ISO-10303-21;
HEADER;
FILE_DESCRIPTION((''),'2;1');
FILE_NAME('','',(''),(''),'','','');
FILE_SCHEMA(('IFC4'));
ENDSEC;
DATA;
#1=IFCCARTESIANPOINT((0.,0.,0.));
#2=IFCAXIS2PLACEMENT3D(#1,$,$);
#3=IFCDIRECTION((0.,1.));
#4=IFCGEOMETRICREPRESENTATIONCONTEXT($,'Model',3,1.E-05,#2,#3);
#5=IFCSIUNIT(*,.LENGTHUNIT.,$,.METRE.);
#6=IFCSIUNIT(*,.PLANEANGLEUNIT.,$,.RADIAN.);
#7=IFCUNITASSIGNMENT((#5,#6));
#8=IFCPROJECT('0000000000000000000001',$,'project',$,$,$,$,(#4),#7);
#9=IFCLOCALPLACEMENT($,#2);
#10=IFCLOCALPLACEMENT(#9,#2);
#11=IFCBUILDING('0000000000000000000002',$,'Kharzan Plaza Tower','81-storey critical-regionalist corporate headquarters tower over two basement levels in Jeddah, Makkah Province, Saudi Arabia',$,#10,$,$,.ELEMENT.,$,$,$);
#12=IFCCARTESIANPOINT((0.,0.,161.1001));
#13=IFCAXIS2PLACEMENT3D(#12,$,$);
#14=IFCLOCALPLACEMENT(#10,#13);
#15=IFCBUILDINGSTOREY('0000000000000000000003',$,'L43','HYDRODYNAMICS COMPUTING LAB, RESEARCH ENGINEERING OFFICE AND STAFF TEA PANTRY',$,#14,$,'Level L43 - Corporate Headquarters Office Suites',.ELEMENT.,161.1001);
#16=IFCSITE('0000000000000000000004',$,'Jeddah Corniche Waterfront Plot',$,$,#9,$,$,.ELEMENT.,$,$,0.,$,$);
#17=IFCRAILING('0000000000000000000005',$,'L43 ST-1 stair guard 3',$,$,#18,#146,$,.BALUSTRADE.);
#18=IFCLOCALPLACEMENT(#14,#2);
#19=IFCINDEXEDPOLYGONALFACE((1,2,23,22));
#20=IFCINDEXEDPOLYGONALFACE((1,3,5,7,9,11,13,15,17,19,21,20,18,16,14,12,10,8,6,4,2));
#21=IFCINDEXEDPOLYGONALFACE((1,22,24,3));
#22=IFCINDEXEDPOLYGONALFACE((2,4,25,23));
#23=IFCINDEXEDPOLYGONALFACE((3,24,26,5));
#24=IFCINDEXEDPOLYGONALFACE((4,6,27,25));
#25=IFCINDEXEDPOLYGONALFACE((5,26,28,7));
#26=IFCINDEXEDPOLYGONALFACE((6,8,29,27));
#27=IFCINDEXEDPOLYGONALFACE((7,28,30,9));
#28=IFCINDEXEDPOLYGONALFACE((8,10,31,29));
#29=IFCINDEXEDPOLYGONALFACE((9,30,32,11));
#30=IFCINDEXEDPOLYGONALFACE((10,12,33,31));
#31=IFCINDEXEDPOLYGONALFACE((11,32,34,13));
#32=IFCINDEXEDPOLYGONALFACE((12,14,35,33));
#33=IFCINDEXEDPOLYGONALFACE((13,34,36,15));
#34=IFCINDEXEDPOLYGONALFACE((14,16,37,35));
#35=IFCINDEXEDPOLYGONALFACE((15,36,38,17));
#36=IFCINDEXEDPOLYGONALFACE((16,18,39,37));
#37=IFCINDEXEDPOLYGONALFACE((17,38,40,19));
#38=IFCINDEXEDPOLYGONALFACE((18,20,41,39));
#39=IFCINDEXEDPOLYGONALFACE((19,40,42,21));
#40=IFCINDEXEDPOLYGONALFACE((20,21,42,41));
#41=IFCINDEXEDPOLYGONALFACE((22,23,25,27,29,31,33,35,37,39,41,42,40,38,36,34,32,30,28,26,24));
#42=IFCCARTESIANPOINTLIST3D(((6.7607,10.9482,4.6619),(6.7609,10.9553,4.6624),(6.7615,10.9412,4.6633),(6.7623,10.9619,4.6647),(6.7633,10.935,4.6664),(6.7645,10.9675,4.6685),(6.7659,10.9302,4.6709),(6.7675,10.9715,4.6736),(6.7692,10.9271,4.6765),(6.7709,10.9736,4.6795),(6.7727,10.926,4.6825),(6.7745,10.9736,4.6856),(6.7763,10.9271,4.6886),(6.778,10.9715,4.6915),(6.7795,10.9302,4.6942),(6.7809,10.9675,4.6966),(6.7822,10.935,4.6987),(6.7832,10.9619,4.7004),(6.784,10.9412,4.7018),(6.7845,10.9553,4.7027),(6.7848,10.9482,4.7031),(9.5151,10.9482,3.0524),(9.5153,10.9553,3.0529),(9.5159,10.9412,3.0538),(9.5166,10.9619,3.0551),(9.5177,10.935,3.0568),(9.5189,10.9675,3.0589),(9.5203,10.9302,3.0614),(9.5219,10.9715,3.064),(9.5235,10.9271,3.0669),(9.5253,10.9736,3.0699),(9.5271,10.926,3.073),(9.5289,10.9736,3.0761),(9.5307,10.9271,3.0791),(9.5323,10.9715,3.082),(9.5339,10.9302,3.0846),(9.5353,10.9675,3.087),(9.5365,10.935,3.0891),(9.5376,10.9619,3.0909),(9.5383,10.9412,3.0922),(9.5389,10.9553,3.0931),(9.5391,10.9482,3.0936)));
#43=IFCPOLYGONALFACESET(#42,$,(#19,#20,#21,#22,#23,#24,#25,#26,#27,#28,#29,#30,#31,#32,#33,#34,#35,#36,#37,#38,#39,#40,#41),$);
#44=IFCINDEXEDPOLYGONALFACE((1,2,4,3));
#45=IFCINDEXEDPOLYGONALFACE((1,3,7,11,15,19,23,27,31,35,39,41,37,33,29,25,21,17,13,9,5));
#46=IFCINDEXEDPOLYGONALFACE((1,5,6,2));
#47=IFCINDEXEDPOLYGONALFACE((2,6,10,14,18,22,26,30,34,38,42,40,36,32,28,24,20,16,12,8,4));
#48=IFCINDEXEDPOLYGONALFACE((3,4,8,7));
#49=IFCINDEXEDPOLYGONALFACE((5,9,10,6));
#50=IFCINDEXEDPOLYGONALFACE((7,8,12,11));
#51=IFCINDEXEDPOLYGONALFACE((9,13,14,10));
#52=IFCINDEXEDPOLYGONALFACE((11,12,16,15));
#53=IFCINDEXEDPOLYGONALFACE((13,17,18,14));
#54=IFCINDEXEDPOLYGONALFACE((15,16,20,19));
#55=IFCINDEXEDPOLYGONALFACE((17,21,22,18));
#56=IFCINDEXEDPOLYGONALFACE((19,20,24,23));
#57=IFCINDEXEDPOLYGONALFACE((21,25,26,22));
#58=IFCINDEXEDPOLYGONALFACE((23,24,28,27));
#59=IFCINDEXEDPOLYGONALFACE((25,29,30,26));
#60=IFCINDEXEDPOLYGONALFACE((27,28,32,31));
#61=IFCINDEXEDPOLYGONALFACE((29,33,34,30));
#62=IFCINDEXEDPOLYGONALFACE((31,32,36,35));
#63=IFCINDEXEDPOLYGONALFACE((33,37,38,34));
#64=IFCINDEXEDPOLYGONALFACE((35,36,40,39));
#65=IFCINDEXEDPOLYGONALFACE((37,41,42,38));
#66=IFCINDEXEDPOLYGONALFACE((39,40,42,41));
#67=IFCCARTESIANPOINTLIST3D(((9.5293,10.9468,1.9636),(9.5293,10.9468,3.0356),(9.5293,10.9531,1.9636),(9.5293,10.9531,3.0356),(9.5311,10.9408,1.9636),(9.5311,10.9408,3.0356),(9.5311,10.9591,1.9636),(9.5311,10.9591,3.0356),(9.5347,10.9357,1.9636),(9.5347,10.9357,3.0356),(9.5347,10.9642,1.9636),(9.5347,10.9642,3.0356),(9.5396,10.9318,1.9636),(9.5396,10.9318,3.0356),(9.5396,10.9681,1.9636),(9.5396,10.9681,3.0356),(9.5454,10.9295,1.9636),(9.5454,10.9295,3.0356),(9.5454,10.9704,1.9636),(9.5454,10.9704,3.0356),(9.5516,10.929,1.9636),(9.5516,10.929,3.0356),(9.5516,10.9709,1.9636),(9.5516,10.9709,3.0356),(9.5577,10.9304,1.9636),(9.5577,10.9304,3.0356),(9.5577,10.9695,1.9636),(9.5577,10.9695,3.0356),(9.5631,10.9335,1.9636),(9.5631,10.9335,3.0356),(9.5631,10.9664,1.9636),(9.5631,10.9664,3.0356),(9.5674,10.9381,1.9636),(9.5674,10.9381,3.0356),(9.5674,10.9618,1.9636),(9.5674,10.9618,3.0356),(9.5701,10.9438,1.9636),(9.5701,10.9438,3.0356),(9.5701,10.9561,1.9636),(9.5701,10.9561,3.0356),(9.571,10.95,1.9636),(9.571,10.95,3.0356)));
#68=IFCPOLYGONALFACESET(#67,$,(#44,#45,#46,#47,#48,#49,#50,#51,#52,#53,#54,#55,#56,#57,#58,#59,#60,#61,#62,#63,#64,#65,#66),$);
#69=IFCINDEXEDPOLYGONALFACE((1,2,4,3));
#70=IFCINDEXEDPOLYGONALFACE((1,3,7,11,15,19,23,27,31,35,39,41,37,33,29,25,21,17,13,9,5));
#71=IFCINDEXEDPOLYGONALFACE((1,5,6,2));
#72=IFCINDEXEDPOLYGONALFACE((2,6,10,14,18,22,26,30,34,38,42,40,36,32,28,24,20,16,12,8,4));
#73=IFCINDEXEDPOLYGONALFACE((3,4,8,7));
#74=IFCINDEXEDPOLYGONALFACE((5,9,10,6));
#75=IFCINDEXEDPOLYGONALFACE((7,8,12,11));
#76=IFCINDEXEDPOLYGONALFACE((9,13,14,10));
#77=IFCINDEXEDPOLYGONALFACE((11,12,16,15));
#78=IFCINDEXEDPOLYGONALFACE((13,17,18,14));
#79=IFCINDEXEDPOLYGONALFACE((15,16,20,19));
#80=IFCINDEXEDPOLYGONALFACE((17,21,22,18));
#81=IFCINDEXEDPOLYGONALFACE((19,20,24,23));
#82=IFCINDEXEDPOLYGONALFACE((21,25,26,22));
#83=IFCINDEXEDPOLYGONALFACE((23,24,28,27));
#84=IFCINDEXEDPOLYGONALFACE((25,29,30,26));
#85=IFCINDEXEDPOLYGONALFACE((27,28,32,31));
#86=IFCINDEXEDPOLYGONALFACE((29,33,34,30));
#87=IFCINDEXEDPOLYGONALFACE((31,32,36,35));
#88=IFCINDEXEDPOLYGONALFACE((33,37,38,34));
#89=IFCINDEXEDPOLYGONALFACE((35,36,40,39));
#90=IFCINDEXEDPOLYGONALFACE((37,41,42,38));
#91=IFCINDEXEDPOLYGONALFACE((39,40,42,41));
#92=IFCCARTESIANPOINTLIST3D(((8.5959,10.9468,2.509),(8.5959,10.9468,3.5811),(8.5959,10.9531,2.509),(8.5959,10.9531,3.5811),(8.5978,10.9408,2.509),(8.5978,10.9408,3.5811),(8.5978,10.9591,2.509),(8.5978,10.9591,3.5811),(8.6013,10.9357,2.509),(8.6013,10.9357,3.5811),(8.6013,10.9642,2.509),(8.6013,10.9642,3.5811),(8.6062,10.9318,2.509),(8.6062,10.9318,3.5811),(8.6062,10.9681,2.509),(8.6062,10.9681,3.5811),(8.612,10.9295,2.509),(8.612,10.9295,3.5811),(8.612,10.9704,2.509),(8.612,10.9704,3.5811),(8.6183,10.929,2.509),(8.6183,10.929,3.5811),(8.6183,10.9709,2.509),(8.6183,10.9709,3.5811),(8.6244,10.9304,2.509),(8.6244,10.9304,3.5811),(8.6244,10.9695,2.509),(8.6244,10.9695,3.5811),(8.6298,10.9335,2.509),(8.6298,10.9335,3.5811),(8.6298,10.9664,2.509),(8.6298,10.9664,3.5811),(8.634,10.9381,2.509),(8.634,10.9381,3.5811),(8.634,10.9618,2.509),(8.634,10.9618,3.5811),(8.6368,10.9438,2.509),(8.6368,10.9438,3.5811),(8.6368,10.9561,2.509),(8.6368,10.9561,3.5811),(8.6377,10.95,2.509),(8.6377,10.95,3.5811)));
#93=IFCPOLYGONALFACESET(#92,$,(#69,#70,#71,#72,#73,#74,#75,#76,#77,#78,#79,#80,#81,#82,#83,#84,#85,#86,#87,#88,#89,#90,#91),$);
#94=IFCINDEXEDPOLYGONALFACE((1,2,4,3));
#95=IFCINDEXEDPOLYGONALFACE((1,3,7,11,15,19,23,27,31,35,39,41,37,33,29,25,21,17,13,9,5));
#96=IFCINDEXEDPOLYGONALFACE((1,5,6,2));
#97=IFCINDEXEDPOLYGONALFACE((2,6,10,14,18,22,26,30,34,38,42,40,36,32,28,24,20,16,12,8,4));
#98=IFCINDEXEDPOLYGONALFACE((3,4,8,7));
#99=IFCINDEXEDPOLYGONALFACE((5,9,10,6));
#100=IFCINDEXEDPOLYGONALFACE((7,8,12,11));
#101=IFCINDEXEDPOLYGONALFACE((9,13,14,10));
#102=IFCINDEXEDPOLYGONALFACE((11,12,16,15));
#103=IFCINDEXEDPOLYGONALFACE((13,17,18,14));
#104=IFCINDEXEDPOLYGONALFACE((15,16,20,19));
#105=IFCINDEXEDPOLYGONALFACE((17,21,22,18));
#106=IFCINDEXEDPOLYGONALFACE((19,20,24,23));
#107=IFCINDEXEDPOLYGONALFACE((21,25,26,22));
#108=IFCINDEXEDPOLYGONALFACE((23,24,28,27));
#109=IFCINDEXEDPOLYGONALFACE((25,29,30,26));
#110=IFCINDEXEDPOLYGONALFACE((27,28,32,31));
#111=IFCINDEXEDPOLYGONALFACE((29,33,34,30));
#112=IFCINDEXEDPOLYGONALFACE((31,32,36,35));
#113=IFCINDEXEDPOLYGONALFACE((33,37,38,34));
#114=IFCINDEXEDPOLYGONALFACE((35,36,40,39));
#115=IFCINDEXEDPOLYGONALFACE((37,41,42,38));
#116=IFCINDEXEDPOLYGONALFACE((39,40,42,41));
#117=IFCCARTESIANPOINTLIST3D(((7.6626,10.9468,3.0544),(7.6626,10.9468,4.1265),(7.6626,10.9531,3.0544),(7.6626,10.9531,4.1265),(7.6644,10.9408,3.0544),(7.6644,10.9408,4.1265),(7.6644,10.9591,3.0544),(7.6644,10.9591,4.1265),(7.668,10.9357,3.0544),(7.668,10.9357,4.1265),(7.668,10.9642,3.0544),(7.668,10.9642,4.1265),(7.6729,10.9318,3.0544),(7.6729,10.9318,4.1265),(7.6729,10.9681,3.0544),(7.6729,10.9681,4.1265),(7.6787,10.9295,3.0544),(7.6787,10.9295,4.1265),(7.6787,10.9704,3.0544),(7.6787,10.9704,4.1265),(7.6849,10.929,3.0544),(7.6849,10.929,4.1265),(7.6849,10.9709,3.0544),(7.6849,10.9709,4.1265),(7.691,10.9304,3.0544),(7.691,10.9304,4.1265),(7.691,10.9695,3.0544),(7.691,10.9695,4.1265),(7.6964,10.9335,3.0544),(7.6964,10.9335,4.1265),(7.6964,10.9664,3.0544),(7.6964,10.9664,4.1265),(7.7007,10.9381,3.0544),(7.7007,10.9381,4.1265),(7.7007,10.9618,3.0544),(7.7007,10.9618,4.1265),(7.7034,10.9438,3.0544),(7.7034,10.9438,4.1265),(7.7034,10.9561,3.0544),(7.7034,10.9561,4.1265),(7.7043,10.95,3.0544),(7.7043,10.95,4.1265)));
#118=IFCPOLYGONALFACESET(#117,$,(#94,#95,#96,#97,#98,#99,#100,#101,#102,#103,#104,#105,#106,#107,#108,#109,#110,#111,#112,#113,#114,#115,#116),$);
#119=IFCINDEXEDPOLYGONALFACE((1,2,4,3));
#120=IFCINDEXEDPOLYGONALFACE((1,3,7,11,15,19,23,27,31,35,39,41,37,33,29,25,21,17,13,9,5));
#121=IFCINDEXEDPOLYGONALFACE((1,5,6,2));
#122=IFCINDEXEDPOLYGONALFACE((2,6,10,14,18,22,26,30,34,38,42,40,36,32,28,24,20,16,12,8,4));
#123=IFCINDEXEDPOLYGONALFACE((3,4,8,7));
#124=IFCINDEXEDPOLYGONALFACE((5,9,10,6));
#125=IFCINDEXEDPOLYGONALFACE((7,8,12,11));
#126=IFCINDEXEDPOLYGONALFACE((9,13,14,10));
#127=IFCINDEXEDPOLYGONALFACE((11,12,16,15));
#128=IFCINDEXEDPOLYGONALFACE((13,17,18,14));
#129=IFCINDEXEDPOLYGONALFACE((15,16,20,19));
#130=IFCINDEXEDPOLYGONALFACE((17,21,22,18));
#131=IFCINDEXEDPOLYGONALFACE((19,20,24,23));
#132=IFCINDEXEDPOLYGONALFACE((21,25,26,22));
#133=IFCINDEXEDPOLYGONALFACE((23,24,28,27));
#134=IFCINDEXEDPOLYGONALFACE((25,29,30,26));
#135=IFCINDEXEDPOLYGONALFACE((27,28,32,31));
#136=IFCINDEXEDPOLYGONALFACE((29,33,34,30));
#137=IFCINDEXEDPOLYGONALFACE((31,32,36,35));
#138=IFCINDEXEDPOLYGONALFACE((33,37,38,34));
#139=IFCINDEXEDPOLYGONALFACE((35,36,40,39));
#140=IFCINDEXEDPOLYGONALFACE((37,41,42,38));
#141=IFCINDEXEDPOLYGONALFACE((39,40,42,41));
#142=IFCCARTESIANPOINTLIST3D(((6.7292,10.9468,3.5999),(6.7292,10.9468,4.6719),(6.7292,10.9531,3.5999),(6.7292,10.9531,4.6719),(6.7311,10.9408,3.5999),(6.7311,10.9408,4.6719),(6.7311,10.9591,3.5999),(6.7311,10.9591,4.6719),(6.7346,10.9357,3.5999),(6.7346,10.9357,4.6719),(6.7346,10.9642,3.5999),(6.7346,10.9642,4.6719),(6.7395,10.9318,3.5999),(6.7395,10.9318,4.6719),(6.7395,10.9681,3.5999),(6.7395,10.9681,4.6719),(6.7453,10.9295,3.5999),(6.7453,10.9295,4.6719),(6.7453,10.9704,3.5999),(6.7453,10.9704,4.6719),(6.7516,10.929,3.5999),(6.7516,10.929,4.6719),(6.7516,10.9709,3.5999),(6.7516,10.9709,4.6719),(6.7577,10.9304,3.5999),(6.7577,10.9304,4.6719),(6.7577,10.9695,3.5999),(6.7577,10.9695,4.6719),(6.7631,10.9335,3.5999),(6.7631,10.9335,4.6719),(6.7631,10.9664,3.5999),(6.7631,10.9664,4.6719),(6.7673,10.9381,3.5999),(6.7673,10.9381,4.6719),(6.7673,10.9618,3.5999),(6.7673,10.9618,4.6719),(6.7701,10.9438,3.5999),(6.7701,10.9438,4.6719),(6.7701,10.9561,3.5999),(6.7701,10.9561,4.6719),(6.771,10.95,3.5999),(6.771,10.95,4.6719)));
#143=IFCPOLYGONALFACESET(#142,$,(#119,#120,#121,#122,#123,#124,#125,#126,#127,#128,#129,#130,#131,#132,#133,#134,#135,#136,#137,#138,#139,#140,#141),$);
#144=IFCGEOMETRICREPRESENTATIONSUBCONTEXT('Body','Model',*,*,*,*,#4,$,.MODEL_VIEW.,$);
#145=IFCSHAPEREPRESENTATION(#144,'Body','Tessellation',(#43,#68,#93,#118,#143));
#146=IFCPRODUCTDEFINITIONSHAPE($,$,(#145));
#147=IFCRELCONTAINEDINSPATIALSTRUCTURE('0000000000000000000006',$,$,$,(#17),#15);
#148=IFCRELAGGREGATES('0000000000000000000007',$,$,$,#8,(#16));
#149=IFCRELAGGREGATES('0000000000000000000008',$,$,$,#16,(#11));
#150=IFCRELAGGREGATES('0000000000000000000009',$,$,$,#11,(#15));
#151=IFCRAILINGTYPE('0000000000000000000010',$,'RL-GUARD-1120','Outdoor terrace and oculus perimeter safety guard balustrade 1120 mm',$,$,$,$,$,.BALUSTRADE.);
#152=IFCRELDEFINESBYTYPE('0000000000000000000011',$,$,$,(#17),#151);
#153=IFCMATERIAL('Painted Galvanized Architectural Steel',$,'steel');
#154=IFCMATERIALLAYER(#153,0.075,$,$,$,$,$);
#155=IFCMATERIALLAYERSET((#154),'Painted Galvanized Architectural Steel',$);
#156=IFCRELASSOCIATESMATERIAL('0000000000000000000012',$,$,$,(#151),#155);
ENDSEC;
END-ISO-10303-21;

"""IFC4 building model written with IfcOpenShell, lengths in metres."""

from ifc_helpers import new_model, si_unit, direction, frame, origin, origin_2d, place, context, subcontext, project, spatial, circle, extrude, source, transform, mapped, material, layer, layer_set, type_object, element, save


model = new_model("IFC4")

# Units and contexts
model_context = context("Model", 3, precision=1e-05, world=origin(), true_north=direction((0.0, 1.0)))
body_context = subcontext(model_context, "Body", "Model", "MODEL_VIEW")
ifc_project = project(units=[si_unit("LENGTHUNIT", "METRE"), si_unit("PLANEANGLEUNIT", "RADIAN")], contexts=[model_context])

# Site, building, storey
site_placement = place(None, origin())
site = spatial("IfcSite", under=ifc_project, at=site_placement, Name="Jeddah Corniche Waterfront Plot", CompositionType="ELEMENT", RefElevation=0.0)
building_placement = place(site_placement, origin())
building = spatial("IfcBuilding", under=site, at=building_placement, Name="Kharzan Plaza Tower", Description="81-storey critical-regionalist corporate headquarters tower over two basement levels in Jeddah, Makkah Province, Saudi Arabia", CompositionType="ELEMENT")
storey_placement = place(building_placement, frame((0.0, 0.0, 161.1001)))
storey = spatial("IfcBuildingStorey", under=building, at=storey_placement, Name="L43", Description="HYDRODYNAMICS COMPUTING LAB, RESEARCH ENGINEERING OFFICE AND STAFF TEA PANTRY", LongName="Level L43 - Corporate Headquarters Office Suites", CompositionType="ELEMENT", Elevation=161.1001)

# Railing
ifc_material_1 = material(Name="Painted Galvanized Architectural Steel", Category="steel")
ifc_layer_1 = layer(ifc_material_1, 0.075)
ifc_layer_set_1 = layer_set([ifc_layer_1], Name="Painted Galvanized Architectural Steel")
railing_type = type_object("IfcRailingType", Name="RL-GUARD-1120", Description="Outdoor terrace and oculus perimeter safety guard balustrade 1120 mm", PredefinedType="BALUSTRADE", material=ifc_layer_set_1)
shared_shape_1 = source(origin(), body_context, "Body", "SweptSolid", [
    extrude(circle(Radius=0.0239, at=origin_2d()), frame((-0.0229, 0.0, 1.1094), z_axis=(-0.863394, 0.0, 0.504531), x_axis=(0.0, -1.0, 0.0)), (0.0, 0.0, 1.0), 3.1902),
    extrude(circle(Radius=0.021, at=origin_2d()), origin(), (0.0, 0.0, 1.0), 1.072),
    extrude(circle(Radius=0.021, at=origin_2d()), frame((-0.9333, 0.0, 0.5454)), (0.0, 0.0, 1.0), 1.072),
    extrude(circle(Radius=0.021, at=origin_2d()), frame((-1.8667, 0.0, 1.0908)), (0.0, 0.0, 1.0), 1.072),
    extrude(circle(Radius=0.021, at=origin_2d()), frame((-2.8, 0.0, 1.6362)), (0.0, 0.0, 1.0), 1.072),
])
railing_1_placement = place(storey_placement, frame((9.55, 10.95, 1.9636)))
element("IfcRailing", 1, at=railing_1_placement, inside=storey, type_object=railing_type, Name="L43 ST-1 stair guard 3", PredefinedType="BALUSTRADE", context=body_context, shape_type="MappedRepresentation", body=[
    mapped(shared_shape_1, transform((0.0, 0.0, 0.0), x_axis=(1.0, 0.0, 0.0), y_axis=(0.0, 1.0, 0.0), z_axis=(0.0, 0.0, 1.0))),
])

save(model, "model.ifc")
